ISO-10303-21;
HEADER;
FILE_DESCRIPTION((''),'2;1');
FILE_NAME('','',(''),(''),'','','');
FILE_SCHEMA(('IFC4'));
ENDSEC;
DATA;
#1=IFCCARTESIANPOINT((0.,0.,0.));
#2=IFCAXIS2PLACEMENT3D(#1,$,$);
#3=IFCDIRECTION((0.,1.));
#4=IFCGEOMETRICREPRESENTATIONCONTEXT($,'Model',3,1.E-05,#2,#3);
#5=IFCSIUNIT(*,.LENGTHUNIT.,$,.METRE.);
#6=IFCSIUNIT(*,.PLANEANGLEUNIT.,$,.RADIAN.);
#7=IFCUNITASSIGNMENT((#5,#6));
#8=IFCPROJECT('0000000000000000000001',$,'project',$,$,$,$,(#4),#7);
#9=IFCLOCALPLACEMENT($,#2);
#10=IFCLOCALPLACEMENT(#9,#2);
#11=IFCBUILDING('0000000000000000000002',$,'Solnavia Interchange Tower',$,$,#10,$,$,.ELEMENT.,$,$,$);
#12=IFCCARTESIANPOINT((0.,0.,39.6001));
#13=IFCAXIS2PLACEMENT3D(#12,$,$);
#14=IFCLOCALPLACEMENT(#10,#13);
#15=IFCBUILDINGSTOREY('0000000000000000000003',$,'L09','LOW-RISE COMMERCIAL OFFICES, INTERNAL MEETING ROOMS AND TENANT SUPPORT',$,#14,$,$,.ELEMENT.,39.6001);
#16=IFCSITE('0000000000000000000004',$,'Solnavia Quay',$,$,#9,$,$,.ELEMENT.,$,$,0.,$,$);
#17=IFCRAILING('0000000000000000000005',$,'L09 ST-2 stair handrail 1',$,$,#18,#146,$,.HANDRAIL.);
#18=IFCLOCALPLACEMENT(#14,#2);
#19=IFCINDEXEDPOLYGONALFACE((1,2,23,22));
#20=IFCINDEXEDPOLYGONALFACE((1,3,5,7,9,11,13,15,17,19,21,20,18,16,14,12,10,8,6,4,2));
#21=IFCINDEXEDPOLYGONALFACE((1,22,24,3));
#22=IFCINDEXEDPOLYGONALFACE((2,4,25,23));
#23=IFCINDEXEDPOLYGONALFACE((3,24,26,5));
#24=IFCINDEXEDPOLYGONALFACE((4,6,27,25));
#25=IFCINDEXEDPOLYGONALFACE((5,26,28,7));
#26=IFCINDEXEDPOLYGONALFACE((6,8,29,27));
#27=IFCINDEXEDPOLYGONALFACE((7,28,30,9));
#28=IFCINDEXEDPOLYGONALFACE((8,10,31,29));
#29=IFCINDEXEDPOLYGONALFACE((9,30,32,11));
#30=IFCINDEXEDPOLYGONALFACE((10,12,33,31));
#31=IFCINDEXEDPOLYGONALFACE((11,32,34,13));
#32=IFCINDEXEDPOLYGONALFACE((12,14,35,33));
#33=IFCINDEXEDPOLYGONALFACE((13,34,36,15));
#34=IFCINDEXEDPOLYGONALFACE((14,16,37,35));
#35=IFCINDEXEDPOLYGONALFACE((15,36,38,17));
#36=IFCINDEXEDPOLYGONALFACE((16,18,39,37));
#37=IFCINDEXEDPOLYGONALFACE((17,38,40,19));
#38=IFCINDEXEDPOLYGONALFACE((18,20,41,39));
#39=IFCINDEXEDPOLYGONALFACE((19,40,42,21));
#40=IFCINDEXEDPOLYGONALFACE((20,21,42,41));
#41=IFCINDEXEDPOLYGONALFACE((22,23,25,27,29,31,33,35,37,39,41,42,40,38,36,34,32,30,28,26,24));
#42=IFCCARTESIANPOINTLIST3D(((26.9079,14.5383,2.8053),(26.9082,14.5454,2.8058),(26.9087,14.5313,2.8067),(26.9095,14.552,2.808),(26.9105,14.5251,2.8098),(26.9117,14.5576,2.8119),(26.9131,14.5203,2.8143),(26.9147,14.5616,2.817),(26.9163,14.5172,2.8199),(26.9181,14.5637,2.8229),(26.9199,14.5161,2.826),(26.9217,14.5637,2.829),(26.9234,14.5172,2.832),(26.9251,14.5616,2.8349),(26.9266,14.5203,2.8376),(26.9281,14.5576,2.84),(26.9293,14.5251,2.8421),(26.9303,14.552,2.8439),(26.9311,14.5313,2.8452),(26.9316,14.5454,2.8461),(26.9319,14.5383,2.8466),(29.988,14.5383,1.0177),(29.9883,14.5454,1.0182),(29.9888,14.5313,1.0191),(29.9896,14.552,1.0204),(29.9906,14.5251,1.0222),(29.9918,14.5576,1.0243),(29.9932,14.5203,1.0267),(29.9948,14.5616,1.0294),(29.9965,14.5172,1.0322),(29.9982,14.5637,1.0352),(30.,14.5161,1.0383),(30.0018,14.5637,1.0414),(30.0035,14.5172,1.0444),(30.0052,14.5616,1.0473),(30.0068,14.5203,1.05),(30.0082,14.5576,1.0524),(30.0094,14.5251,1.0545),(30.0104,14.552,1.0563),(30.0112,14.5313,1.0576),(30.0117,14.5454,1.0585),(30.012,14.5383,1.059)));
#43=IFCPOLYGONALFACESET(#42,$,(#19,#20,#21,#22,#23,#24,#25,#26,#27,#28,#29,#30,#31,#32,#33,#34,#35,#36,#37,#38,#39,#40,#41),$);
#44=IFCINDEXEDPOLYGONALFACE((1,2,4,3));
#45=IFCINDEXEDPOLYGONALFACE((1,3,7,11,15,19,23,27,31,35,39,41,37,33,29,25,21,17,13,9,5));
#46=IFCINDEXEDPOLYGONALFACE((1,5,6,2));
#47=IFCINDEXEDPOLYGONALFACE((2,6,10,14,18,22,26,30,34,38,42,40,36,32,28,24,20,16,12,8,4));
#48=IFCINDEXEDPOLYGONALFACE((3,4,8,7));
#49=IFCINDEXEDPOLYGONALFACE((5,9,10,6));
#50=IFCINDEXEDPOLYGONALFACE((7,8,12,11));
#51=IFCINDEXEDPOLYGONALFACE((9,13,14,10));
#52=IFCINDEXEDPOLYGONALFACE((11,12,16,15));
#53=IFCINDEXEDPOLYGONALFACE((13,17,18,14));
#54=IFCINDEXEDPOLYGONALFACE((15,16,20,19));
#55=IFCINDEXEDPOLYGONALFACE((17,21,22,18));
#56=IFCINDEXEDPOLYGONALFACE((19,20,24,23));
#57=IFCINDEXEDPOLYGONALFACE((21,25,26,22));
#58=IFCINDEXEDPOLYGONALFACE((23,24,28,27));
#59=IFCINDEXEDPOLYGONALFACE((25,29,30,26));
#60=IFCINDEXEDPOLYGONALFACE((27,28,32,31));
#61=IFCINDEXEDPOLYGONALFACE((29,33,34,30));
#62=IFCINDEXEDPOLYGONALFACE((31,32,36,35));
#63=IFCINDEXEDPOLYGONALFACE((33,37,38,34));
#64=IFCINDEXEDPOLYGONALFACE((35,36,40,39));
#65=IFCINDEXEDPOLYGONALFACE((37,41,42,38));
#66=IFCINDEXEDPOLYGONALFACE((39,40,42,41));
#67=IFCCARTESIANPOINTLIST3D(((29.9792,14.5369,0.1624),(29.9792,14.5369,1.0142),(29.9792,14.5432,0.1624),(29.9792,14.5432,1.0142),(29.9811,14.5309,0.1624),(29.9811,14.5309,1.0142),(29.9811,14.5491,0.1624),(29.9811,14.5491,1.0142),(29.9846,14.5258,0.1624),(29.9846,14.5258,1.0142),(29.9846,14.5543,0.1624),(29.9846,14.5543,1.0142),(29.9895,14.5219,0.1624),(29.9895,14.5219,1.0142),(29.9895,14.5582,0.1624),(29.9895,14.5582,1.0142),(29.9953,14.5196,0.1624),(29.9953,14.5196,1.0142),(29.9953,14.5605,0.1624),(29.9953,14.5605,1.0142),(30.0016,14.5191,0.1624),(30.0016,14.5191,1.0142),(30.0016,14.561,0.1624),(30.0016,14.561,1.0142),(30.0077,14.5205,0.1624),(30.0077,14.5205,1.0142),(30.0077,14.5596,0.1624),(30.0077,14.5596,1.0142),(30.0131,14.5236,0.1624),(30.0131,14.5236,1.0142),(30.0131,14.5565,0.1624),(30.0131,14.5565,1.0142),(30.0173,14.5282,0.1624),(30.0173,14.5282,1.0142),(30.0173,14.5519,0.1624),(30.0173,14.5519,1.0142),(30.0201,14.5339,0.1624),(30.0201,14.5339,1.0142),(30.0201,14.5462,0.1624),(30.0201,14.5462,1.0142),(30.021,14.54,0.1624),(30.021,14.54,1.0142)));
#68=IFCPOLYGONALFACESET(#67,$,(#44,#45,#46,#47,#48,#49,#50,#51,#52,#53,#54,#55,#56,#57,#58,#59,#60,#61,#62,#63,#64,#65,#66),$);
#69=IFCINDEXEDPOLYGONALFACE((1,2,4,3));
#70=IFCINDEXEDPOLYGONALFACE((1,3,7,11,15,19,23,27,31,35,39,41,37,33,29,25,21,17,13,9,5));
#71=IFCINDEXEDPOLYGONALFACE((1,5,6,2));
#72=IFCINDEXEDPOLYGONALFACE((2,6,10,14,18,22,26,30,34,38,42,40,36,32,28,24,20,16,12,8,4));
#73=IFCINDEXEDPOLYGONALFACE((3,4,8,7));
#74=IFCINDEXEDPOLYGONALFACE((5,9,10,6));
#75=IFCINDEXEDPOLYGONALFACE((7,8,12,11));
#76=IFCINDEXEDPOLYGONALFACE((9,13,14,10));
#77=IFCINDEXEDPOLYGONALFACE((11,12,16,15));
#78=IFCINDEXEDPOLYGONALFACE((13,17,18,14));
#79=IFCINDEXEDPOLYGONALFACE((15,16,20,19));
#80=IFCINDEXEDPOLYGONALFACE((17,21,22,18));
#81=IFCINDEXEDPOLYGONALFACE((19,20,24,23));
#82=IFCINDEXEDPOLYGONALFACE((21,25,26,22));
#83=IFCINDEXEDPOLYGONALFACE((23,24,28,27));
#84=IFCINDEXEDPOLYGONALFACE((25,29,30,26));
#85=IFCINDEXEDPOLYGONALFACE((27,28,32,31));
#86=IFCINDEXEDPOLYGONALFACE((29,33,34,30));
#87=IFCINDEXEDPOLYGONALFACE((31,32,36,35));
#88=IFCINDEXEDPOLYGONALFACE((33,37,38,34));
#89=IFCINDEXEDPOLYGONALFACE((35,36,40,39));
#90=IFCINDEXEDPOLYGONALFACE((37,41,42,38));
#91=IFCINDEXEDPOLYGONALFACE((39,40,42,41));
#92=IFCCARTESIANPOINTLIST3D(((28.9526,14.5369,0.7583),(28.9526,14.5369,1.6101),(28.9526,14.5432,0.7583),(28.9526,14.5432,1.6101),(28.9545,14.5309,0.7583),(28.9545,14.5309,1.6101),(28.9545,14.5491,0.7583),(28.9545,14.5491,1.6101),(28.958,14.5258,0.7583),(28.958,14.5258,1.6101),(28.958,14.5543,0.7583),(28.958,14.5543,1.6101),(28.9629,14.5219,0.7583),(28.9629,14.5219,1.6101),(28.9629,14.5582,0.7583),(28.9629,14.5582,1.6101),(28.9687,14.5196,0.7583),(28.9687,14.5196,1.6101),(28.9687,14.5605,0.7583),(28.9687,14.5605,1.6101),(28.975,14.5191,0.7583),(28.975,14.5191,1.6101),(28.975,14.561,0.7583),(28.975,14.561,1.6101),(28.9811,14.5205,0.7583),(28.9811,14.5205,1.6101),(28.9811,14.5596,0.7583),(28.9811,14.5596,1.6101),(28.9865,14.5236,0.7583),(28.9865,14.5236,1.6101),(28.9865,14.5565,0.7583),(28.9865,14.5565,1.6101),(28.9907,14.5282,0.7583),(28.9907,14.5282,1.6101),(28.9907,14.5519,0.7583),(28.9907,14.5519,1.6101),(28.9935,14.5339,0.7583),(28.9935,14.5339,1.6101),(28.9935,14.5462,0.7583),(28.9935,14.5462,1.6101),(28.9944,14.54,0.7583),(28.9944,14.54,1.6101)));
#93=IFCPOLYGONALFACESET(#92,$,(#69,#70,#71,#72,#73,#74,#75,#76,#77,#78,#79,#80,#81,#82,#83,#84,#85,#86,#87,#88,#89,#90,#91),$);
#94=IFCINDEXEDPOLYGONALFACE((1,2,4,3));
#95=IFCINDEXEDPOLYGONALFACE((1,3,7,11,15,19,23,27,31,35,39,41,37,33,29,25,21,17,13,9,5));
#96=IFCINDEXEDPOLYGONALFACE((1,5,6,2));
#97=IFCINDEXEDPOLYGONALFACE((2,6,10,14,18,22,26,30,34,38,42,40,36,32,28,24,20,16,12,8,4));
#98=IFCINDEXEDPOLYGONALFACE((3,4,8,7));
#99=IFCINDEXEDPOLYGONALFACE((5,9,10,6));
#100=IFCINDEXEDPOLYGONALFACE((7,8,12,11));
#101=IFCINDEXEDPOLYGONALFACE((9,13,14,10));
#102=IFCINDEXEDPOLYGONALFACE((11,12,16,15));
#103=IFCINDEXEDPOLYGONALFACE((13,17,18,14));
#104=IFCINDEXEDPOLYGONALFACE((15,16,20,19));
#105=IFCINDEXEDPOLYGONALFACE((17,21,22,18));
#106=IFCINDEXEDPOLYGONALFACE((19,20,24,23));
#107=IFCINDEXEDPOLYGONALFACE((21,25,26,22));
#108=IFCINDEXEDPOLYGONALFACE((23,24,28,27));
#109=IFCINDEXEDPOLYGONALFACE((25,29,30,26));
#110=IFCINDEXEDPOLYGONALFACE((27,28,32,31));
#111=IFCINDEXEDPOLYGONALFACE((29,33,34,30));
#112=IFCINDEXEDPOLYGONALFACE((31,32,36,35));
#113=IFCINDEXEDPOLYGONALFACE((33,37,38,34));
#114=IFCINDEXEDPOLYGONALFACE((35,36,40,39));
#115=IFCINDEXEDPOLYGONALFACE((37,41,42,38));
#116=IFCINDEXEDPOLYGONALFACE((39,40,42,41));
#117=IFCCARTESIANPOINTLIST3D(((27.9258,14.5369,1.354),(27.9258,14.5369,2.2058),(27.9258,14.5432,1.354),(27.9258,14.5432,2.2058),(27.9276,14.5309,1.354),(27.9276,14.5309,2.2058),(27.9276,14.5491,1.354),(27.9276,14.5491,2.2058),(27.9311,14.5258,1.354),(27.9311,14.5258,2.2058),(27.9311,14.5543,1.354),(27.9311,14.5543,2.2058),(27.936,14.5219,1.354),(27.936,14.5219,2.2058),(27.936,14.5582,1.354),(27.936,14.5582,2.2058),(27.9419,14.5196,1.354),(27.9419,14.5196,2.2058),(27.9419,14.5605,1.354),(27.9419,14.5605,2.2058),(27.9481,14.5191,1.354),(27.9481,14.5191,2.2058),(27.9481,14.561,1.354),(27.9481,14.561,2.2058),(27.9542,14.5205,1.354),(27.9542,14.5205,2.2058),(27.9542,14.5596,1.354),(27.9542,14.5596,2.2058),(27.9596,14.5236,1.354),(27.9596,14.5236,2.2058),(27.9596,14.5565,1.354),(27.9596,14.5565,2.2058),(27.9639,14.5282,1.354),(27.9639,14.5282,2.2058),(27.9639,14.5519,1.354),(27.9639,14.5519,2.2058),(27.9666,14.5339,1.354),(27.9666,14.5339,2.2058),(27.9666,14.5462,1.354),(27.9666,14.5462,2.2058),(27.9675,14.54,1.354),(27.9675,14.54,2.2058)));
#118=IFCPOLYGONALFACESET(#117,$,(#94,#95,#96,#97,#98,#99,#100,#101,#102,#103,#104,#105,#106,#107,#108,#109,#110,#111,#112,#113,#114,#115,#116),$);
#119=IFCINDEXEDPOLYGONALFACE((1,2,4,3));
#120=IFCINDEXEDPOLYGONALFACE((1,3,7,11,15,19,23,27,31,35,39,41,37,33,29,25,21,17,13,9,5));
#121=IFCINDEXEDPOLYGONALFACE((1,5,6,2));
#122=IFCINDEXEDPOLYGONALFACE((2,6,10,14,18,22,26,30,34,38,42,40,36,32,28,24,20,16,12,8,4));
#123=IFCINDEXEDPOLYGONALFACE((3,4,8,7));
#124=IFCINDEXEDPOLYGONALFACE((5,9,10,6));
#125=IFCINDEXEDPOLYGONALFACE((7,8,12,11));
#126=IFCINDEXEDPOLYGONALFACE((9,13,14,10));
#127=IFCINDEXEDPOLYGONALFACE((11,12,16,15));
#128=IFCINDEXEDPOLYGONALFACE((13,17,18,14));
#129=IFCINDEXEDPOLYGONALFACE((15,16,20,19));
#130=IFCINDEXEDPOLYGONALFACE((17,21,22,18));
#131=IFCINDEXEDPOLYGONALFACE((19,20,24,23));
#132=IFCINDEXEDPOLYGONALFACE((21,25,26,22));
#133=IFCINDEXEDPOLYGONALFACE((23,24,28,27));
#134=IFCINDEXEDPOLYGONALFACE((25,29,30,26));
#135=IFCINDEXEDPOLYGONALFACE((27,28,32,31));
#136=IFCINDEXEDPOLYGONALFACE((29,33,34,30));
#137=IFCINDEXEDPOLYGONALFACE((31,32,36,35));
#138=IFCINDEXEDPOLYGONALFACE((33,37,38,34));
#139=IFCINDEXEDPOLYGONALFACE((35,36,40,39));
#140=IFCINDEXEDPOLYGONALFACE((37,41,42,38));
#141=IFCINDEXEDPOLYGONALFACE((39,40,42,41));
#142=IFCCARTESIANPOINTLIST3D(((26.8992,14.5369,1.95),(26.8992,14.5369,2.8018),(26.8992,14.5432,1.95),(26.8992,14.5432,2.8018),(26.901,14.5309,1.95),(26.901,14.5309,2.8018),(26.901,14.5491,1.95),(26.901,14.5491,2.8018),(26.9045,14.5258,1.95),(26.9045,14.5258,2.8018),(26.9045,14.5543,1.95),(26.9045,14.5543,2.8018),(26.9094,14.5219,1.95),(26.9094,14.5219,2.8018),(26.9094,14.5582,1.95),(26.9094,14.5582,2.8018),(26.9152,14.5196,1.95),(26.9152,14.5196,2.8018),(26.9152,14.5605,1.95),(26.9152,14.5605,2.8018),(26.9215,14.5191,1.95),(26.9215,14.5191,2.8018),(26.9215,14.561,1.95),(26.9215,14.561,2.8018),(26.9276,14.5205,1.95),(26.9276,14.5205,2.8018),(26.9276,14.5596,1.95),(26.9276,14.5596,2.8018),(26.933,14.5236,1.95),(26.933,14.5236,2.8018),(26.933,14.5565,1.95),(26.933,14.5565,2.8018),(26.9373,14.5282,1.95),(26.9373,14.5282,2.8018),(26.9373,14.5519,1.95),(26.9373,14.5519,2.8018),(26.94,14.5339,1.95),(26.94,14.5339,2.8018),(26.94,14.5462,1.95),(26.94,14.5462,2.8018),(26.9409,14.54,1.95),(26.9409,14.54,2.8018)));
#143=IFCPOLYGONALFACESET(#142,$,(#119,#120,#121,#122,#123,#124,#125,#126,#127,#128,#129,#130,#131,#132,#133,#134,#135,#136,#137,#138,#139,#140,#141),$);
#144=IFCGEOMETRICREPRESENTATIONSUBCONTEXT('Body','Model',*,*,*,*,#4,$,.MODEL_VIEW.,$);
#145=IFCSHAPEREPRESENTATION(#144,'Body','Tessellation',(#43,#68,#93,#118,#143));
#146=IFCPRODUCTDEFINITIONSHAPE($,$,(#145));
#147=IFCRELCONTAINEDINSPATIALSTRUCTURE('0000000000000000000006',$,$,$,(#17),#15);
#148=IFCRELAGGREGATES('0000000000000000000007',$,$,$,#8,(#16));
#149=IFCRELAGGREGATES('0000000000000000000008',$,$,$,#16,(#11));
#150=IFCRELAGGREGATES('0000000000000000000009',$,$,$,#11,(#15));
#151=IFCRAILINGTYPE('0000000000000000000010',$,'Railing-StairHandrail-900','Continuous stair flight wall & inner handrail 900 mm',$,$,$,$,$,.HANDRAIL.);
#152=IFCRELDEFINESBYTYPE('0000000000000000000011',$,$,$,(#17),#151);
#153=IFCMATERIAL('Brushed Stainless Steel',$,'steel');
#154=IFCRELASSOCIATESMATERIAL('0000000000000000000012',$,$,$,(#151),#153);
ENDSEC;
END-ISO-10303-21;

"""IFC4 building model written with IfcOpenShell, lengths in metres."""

from ifc_helpers import new_model, si_unit, direction, frame, origin, origin_2d, place, context, subcontext, project, spatial, circle, extrude, material, type_object, element, save


model = new_model("IFC4")

# Units and contexts
model_context = context("Model", 3, precision=1e-05, world=origin(), true_north=direction((0.0, 1.0)))
body_context = subcontext(model_context, "Body", "Model", "MODEL_VIEW")
ifc_project = project(units=[si_unit("LENGTHUNIT", "METRE"), si_unit("PLANEANGLEUNIT", "RADIAN")], contexts=[model_context])

# Site, building, storey
site_placement = place(None, origin())
site = spatial("IfcSite", under=ifc_project, at=site_placement, Name="Solnavia Quay", CompositionType="ELEMENT", RefElevation=0.0)
building_placement = place(site_placement, origin())
building = spatial("IfcBuilding", under=site, at=building_placement, Name="Solnavia Interchange Tower", CompositionType="ELEMENT")
storey_placement = place(building_placement, frame((0.0, 0.0, 39.6001)))
storey = spatial("IfcBuildingStorey", under=building, at=storey_placement, Name="L09", Description="LOW-RISE COMMERCIAL OFFICES, INTERNAL MEETING ROOMS AND TENANT SUPPORT", CompositionType="ELEMENT", Elevation=39.6001)

# Railing
ifc_material_1 = material(Name="Brushed Stainless Steel", Category="steel")
railing_type_1 = type_object("IfcRailingType", Name="Railing-StairHandrail-900", Description="Continuous stair flight wall & inner handrail 900 mm", PredefinedType="HANDRAIL", material=ifc_material_1)
railing_1_placement = place(storey_placement, frame((30.0, 14.54, 0.1624)))
element("IfcRailing", 1, at=railing_1_placement, inside=storey, type_object=railing_type_1, Name="L09 ST-2 stair handrail 1", PredefinedType="HANDRAIL", context=body_context, shape_type="SweptSolid", body=[
    extrude(circle(Radius=0.0239, at=origin_2d()), frame((0.0, 0.0, 0.876), z_axis=(-0.864891, 0.0, 0.50196), x_axis=(0.0, -1.0, 0.0)), (0.0, 0.0, 1.0), 3.5613),
    extrude(circle(Radius=0.021, at=origin_2d()), origin(), (0.0, 0.0, 1.0), 0.8518),
    extrude(circle(Radius=0.021, at=origin_2d()), frame((-1.0266, 0.0, 0.5959)), (0.0, 0.0, 1.0), 0.8518),
    extrude(circle(Radius=0.021, at=origin_2d()), frame((-2.0535, 0.0, 1.1917)), (0.0, 0.0, 1.0), 0.8518),
    extrude(circle(Radius=0.021, at=origin_2d()), frame((-3.0801, 0.0, 1.7876)), (0.0, 0.0, 1.0), 0.8518),
])

save(model, "model.ifc")
